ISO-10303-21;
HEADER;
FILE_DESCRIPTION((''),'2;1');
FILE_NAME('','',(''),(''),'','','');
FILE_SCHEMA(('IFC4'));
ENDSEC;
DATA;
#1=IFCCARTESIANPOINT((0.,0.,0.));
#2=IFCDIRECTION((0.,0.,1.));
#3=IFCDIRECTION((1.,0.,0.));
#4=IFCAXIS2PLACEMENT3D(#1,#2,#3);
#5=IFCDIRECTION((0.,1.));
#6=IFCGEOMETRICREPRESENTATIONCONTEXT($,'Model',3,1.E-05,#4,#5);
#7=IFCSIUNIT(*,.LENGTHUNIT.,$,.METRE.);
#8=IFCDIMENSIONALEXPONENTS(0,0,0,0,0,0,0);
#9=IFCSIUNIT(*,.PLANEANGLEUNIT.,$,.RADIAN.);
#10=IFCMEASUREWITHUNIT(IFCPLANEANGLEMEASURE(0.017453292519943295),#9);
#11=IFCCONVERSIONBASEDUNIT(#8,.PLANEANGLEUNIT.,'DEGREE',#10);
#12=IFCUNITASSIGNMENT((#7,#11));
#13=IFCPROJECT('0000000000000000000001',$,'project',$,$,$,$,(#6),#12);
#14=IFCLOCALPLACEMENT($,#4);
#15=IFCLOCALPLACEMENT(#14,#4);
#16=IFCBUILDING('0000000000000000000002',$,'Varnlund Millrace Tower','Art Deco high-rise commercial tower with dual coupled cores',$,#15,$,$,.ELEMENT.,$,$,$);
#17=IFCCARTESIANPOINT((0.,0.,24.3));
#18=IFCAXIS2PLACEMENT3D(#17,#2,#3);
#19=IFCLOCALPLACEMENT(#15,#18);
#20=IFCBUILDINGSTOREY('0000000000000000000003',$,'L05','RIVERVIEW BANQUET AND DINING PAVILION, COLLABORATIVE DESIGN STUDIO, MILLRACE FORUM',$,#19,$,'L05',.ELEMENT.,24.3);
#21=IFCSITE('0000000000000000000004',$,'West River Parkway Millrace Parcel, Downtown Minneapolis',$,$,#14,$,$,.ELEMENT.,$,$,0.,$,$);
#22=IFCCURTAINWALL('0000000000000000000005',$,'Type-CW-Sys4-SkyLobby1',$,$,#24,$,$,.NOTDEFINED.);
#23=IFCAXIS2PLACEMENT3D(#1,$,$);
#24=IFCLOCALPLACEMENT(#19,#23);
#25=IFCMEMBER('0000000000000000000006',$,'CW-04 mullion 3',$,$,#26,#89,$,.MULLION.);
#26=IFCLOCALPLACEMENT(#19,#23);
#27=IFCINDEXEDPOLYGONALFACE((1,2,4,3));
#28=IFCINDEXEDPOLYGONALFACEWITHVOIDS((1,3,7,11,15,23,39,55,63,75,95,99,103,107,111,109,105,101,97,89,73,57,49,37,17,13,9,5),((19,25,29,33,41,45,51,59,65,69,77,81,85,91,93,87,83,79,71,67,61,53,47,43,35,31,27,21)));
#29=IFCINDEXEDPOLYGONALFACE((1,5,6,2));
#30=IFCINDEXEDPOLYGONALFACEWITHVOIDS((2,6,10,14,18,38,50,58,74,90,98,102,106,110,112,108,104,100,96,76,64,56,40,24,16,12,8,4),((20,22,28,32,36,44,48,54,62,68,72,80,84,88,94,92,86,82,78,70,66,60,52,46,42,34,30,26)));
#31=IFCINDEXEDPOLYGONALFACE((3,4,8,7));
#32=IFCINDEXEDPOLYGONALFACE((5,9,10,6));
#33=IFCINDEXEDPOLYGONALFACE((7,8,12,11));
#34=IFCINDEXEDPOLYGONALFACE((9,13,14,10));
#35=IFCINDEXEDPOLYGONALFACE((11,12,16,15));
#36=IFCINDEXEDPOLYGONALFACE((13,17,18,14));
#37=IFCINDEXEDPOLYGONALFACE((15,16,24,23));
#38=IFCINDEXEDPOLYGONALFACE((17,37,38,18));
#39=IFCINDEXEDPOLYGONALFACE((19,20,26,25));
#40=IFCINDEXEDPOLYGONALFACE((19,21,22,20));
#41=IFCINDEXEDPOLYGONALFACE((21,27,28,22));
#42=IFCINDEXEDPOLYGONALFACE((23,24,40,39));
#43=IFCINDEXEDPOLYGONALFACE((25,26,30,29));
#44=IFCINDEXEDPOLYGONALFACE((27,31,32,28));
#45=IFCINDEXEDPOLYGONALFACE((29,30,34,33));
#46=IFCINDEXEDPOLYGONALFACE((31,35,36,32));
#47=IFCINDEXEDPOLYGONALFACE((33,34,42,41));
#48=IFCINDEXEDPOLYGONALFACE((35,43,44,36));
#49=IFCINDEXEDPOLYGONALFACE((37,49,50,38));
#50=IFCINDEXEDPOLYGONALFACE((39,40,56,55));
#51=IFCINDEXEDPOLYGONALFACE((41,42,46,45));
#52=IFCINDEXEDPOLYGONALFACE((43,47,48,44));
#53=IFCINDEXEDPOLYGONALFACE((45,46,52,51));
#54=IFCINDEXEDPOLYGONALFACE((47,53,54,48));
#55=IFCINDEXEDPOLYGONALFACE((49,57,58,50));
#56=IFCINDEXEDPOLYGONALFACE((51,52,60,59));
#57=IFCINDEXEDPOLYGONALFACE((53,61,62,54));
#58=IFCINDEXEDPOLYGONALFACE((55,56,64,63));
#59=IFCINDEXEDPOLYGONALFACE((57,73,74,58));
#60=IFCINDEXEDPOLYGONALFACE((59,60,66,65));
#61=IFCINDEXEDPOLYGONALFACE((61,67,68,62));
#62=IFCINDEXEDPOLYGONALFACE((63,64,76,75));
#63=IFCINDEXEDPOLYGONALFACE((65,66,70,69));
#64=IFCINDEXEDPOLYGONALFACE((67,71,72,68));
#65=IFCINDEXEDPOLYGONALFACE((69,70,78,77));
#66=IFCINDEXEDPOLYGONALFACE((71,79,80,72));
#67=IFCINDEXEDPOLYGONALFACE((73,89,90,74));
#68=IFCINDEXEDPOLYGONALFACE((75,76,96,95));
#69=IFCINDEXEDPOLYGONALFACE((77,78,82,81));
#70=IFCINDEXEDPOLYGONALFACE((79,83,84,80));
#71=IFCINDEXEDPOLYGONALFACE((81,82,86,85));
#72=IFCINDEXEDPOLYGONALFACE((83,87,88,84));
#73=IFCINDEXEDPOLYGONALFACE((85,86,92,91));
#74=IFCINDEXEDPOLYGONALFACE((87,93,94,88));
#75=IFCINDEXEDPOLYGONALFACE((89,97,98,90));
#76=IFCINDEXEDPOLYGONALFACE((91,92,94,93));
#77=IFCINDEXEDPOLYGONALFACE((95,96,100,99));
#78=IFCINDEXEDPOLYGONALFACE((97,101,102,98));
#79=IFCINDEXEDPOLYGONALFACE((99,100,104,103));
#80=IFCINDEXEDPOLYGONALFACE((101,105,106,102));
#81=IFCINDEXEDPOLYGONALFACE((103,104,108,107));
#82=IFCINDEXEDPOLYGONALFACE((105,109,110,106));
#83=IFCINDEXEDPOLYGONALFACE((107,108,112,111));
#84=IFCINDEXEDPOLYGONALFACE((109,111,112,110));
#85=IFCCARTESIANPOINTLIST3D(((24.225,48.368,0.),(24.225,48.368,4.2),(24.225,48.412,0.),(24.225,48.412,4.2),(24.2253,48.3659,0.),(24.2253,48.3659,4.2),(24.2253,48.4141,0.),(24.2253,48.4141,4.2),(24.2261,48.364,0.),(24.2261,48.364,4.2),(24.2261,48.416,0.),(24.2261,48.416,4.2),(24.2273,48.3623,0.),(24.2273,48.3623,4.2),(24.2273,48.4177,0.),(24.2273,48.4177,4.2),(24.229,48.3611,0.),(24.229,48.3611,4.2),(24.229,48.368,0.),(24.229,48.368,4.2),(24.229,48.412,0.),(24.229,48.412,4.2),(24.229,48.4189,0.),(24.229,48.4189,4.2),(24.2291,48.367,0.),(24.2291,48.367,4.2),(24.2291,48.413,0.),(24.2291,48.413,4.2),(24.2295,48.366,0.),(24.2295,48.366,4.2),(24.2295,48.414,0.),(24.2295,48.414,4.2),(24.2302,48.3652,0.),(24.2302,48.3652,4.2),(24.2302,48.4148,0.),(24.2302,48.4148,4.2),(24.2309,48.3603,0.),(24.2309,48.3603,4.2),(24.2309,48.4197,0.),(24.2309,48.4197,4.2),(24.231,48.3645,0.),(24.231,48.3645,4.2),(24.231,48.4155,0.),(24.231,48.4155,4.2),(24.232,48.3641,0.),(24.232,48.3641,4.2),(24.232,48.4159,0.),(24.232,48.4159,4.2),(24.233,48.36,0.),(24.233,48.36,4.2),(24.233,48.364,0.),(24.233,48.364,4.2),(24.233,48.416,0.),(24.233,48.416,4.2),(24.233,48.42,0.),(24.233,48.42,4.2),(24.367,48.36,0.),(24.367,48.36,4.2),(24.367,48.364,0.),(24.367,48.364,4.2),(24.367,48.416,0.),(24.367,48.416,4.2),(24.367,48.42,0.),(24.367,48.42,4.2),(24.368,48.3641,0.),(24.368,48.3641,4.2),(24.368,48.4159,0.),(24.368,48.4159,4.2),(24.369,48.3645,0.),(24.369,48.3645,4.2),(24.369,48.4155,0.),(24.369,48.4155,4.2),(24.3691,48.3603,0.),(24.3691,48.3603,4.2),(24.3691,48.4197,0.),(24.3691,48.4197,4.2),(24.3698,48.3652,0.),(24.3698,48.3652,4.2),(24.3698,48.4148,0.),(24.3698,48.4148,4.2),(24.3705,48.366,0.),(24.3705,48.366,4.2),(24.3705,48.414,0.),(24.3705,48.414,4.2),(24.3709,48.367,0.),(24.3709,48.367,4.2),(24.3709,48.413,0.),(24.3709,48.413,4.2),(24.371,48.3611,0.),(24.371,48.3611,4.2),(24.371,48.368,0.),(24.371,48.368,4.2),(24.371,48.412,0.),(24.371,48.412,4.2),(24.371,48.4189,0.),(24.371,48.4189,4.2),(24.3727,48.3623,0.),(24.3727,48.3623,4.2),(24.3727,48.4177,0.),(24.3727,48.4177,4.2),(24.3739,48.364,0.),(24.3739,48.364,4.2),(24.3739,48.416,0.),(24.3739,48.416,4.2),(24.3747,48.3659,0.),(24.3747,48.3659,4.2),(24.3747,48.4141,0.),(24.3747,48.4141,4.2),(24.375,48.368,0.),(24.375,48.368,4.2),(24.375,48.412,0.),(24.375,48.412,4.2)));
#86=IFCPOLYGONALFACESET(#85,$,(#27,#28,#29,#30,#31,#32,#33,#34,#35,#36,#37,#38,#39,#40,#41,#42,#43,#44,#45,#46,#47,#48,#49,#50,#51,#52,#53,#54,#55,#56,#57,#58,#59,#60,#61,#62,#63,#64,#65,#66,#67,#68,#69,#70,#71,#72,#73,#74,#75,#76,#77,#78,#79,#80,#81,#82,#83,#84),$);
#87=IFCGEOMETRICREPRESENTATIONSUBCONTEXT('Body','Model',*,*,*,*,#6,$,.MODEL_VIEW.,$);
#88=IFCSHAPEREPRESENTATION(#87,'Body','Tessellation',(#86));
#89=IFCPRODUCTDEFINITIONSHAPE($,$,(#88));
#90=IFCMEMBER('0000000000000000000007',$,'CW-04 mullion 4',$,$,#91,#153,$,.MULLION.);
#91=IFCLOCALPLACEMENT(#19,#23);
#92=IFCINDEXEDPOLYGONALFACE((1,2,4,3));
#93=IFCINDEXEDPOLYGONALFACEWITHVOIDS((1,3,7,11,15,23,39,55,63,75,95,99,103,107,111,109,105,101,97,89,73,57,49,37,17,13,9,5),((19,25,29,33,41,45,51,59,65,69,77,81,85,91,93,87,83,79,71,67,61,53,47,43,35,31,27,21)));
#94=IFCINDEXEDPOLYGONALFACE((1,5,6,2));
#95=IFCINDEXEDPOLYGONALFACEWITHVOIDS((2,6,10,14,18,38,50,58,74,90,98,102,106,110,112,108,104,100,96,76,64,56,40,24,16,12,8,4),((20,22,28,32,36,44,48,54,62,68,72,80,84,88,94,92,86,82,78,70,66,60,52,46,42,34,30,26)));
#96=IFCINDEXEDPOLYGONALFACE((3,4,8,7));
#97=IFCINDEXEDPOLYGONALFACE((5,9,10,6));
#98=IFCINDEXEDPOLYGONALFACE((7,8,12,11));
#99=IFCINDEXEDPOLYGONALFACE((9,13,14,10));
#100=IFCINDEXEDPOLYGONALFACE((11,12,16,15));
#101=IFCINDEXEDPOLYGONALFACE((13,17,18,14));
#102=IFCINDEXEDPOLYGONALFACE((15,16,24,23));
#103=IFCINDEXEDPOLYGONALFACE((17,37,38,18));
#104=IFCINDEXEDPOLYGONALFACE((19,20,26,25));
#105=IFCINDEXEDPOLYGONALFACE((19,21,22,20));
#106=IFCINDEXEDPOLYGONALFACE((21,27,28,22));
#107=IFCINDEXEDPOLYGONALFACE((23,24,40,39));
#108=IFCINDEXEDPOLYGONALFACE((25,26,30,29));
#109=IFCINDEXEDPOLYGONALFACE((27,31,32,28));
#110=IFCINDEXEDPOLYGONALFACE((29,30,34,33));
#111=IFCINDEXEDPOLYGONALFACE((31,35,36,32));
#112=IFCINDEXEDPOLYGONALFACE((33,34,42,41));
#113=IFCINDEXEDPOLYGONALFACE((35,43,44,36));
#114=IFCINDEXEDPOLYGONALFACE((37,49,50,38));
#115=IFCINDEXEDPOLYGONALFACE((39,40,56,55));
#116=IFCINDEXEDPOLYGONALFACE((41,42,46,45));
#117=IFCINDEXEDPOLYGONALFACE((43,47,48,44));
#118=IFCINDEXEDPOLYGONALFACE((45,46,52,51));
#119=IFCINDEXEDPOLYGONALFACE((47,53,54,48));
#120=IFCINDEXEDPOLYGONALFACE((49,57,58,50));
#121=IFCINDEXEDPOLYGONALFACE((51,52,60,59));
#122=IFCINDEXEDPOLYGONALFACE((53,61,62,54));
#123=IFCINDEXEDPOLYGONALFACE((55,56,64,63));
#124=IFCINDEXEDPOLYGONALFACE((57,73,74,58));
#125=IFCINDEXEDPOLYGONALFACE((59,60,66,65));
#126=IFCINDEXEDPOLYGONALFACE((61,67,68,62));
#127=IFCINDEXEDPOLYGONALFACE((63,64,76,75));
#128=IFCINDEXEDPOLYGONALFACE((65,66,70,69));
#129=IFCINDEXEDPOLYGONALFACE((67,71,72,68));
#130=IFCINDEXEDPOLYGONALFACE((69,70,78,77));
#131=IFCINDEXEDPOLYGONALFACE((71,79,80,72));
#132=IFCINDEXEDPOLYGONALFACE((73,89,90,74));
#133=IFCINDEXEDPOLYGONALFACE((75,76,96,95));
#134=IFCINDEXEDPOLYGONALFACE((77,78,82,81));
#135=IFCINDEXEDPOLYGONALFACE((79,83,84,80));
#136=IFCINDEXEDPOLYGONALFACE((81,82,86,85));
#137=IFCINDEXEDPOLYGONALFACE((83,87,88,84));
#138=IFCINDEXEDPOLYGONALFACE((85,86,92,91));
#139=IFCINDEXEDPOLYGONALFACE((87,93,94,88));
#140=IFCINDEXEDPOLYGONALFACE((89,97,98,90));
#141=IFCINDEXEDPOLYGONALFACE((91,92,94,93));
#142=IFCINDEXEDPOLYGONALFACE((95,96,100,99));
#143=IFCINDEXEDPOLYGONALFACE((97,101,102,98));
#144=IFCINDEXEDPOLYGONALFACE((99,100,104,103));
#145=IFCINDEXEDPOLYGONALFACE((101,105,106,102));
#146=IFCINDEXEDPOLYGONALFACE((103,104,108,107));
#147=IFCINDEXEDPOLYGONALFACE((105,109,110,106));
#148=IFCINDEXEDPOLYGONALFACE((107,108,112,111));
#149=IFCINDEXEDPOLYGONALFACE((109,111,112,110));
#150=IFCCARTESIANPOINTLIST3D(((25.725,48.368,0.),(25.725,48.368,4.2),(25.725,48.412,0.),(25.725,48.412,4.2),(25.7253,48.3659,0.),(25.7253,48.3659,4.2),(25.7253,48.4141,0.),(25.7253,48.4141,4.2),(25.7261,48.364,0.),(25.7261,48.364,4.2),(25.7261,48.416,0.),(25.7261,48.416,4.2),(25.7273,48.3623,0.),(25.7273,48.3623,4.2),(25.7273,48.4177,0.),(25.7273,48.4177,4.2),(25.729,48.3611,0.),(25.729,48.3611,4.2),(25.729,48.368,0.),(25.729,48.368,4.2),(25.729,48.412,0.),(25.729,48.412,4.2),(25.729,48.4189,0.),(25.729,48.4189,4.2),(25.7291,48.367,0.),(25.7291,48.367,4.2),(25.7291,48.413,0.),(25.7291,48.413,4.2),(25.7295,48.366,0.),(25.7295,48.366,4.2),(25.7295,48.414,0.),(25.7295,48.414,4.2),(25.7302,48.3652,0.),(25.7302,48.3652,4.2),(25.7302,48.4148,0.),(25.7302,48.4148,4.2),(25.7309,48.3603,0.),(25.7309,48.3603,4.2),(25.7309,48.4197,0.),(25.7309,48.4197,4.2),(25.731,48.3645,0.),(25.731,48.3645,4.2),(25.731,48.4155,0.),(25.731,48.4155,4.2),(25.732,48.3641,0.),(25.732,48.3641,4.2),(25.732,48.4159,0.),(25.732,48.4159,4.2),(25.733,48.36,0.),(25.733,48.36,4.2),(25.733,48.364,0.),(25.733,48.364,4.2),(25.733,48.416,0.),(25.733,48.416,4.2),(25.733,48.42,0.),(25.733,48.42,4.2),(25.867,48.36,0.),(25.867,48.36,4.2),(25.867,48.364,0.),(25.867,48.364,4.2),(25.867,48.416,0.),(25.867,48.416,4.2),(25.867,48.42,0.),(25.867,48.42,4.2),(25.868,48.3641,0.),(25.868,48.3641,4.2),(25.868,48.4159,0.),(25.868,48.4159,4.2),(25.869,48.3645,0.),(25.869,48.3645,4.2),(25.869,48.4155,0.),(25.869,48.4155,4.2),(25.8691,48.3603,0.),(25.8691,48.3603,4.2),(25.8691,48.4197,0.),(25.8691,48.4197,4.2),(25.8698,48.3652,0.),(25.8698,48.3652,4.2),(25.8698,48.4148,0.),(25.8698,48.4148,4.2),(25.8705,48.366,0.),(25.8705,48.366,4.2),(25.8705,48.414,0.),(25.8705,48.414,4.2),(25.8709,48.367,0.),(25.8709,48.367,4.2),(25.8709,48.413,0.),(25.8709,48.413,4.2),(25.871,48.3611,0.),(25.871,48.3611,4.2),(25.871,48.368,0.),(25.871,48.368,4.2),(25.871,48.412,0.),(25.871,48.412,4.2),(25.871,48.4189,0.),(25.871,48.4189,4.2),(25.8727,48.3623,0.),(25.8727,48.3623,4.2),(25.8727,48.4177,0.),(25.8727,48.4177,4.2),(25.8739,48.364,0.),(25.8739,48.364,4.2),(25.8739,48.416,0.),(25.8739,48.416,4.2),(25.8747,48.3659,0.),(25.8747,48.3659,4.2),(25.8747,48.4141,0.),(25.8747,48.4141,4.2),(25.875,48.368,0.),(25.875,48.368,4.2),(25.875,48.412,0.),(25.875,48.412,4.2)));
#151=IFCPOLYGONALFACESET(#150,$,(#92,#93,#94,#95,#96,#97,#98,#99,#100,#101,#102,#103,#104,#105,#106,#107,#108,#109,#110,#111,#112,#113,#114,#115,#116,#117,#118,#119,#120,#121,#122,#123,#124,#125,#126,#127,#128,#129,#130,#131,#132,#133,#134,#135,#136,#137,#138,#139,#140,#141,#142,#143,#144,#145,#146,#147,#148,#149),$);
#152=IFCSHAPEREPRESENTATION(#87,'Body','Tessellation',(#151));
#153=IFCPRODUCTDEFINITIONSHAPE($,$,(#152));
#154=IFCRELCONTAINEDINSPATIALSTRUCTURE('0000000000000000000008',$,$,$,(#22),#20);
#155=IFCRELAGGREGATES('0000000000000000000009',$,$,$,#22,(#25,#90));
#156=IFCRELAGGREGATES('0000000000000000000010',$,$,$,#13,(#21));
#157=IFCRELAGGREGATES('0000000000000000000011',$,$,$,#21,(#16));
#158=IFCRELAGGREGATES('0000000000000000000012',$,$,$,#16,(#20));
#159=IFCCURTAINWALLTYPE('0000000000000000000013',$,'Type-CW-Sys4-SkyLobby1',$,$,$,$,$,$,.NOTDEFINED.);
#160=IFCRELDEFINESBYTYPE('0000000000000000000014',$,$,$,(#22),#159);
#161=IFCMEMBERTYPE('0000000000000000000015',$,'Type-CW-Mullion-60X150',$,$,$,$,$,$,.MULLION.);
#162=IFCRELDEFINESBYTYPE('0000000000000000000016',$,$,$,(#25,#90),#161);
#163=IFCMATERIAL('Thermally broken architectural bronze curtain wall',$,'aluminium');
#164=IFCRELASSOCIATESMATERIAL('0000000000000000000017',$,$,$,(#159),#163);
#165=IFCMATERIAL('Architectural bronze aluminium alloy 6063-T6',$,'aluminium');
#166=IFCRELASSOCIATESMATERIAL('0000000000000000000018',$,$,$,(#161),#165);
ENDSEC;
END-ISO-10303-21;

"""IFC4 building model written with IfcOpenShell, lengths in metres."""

from ifc_helpers import new_model, entity, si_unit, converted_unit, direction, frame, origin_with_axes, origin_2d_with_axis, place, context, subcontext, project, spatial, hollow_rectangle, extrude, material, material_profile, profile_set, type_object, element, aggregate, save


model = new_model("IFC4")

# Units and contexts
model_context = context("Model", 3, precision=1e-05, world=origin_with_axes(), true_north=direction((0.0, 1.0)))
body_context = subcontext(model_context, "Body", "Model", "MODEL_VIEW")
ifc_project = project(units=[si_unit("LENGTHUNIT", "METRE"), converted_unit("PLANEANGLEUNIT", "DEGREE", entity("IfcPlaneAngleMeasure", 0.017453292519943295), si_unit("PLANEANGLEUNIT", "RADIAN"), dimensions=[0, 0, 0, 0, 0, 0, 0])], contexts=[model_context])

# Site, building, storey
site_placement = place(None, origin_with_axes())
site = spatial("IfcSite", under=ifc_project, at=site_placement, Name="West River Parkway Millrace Parcel, Downtown Minneapolis", CompositionType="ELEMENT", RefElevation=0.0)
building_placement = place(site_placement, origin_with_axes())
building = spatial("IfcBuilding", under=site, at=building_placement, Name="Varnlund Millrace Tower", Description="Art Deco high-rise commercial tower with dual coupled cores", CompositionType="ELEMENT")
storey_placement = place(building_placement, frame((0.0, 0.0, 24.3), z_axis=(0.0, 0.0, 1.0), x_axis=(1.0, 0.0, 0.0)))
storey = spatial("IfcBuildingStorey", under=building, at=storey_placement, Name="L05", Description="RIVERVIEW BANQUET AND DINING PAVILION, COLLABORATIVE DESIGN STUDIO, MILLRACE FORUM", LongName="L05", CompositionType="ELEMENT", Elevation=24.3)

# Curtain wall, members
ifc_material_1 = material(Name="Thermally broken architectural bronze curtain wall", Category="aluminium")
curtain_wall_type = type_object("IfcCurtainWallType", Name="Type-CW-Sys4-SkyLobby1", PredefinedType="NOTDEFINED", material=ifc_material_1)
curtain_wall_placement = place(storey_placement, frame((21.3, 48.39, 0.0), z_axis=(0.0, 0.0, 1.0), x_axis=(1.0, 0.0, 0.0)))
curtain_wall = element("IfcCurtainWall", 1, at=curtain_wall_placement, inside=storey, type_object=curtain_wall_type, Name="Type-CW-Sys4-SkyLobby1", PredefinedType="NOTDEFINED")
ifc_material_2 = material(Name="Architectural bronze aluminium alloy 6063-T6", Category="aluminium")
ifc_material_profile_1 = material_profile(ifc_material_2, hollow_rectangle(XDim=0.06, YDim=0.15, WallThickness=0.004, InnerFilletRadius=0.004, OuterFilletRadius=0.008, at=origin_2d_with_axis()), Name="Architectural bronze aluminium alloy 6063-T6")
ifc_profile_set_1 = profile_set([ifc_material_profile_1], Name="Architectural bronze aluminium alloy 6063-T6")
member_type_1 = type_object("IfcMemberType", Name="Type-CW-Mullion-60X150", PredefinedType="MULLION", material=ifc_profile_set_1)
member_1_placement = place(storey_placement, frame((24.3, 48.39, 0.0), z_axis=(0.0, 0.0, 1.0), x_axis=(0.0, 1.0, 0.0)))
member_1 = element("IfcMember", 2, at=member_1_placement, type_object=member_type_1, Name="CW-04 mullion 3", PredefinedType="MULLION", context=body_context, shape_type="SweptSolid", body=[
    extrude(hollow_rectangle(XDim=0.06, YDim=0.15, WallThickness=0.004, InnerFilletRadius=0.004, OuterFilletRadius=0.008, at=origin_2d_with_axis()), origin_with_axes(), (0.0, 0.0, 1.0), 4.2),
])
member_2_placement = place(storey_placement, frame((25.8, 48.39, 0.0), z_axis=(0.0, 0.0, 1.0), x_axis=(0.0, 1.0, 0.0)))
member_2 = element("IfcMember", 3, at=member_2_placement, type_object=member_type_1, Name="CW-04 mullion 4", PredefinedType="MULLION", context=body_context, shape_type="SweptSolid", body=[
    extrude(hollow_rectangle(XDim=0.06, YDim=0.15, WallThickness=0.004, InnerFilletRadius=0.004, OuterFilletRadius=0.008, at=origin_2d_with_axis()), origin_with_axes(), (0.0, 0.0, 1.0), 4.2),
])
aggregate(curtain_wall, [member_1, member_2])

save(model, "model.ifc")
